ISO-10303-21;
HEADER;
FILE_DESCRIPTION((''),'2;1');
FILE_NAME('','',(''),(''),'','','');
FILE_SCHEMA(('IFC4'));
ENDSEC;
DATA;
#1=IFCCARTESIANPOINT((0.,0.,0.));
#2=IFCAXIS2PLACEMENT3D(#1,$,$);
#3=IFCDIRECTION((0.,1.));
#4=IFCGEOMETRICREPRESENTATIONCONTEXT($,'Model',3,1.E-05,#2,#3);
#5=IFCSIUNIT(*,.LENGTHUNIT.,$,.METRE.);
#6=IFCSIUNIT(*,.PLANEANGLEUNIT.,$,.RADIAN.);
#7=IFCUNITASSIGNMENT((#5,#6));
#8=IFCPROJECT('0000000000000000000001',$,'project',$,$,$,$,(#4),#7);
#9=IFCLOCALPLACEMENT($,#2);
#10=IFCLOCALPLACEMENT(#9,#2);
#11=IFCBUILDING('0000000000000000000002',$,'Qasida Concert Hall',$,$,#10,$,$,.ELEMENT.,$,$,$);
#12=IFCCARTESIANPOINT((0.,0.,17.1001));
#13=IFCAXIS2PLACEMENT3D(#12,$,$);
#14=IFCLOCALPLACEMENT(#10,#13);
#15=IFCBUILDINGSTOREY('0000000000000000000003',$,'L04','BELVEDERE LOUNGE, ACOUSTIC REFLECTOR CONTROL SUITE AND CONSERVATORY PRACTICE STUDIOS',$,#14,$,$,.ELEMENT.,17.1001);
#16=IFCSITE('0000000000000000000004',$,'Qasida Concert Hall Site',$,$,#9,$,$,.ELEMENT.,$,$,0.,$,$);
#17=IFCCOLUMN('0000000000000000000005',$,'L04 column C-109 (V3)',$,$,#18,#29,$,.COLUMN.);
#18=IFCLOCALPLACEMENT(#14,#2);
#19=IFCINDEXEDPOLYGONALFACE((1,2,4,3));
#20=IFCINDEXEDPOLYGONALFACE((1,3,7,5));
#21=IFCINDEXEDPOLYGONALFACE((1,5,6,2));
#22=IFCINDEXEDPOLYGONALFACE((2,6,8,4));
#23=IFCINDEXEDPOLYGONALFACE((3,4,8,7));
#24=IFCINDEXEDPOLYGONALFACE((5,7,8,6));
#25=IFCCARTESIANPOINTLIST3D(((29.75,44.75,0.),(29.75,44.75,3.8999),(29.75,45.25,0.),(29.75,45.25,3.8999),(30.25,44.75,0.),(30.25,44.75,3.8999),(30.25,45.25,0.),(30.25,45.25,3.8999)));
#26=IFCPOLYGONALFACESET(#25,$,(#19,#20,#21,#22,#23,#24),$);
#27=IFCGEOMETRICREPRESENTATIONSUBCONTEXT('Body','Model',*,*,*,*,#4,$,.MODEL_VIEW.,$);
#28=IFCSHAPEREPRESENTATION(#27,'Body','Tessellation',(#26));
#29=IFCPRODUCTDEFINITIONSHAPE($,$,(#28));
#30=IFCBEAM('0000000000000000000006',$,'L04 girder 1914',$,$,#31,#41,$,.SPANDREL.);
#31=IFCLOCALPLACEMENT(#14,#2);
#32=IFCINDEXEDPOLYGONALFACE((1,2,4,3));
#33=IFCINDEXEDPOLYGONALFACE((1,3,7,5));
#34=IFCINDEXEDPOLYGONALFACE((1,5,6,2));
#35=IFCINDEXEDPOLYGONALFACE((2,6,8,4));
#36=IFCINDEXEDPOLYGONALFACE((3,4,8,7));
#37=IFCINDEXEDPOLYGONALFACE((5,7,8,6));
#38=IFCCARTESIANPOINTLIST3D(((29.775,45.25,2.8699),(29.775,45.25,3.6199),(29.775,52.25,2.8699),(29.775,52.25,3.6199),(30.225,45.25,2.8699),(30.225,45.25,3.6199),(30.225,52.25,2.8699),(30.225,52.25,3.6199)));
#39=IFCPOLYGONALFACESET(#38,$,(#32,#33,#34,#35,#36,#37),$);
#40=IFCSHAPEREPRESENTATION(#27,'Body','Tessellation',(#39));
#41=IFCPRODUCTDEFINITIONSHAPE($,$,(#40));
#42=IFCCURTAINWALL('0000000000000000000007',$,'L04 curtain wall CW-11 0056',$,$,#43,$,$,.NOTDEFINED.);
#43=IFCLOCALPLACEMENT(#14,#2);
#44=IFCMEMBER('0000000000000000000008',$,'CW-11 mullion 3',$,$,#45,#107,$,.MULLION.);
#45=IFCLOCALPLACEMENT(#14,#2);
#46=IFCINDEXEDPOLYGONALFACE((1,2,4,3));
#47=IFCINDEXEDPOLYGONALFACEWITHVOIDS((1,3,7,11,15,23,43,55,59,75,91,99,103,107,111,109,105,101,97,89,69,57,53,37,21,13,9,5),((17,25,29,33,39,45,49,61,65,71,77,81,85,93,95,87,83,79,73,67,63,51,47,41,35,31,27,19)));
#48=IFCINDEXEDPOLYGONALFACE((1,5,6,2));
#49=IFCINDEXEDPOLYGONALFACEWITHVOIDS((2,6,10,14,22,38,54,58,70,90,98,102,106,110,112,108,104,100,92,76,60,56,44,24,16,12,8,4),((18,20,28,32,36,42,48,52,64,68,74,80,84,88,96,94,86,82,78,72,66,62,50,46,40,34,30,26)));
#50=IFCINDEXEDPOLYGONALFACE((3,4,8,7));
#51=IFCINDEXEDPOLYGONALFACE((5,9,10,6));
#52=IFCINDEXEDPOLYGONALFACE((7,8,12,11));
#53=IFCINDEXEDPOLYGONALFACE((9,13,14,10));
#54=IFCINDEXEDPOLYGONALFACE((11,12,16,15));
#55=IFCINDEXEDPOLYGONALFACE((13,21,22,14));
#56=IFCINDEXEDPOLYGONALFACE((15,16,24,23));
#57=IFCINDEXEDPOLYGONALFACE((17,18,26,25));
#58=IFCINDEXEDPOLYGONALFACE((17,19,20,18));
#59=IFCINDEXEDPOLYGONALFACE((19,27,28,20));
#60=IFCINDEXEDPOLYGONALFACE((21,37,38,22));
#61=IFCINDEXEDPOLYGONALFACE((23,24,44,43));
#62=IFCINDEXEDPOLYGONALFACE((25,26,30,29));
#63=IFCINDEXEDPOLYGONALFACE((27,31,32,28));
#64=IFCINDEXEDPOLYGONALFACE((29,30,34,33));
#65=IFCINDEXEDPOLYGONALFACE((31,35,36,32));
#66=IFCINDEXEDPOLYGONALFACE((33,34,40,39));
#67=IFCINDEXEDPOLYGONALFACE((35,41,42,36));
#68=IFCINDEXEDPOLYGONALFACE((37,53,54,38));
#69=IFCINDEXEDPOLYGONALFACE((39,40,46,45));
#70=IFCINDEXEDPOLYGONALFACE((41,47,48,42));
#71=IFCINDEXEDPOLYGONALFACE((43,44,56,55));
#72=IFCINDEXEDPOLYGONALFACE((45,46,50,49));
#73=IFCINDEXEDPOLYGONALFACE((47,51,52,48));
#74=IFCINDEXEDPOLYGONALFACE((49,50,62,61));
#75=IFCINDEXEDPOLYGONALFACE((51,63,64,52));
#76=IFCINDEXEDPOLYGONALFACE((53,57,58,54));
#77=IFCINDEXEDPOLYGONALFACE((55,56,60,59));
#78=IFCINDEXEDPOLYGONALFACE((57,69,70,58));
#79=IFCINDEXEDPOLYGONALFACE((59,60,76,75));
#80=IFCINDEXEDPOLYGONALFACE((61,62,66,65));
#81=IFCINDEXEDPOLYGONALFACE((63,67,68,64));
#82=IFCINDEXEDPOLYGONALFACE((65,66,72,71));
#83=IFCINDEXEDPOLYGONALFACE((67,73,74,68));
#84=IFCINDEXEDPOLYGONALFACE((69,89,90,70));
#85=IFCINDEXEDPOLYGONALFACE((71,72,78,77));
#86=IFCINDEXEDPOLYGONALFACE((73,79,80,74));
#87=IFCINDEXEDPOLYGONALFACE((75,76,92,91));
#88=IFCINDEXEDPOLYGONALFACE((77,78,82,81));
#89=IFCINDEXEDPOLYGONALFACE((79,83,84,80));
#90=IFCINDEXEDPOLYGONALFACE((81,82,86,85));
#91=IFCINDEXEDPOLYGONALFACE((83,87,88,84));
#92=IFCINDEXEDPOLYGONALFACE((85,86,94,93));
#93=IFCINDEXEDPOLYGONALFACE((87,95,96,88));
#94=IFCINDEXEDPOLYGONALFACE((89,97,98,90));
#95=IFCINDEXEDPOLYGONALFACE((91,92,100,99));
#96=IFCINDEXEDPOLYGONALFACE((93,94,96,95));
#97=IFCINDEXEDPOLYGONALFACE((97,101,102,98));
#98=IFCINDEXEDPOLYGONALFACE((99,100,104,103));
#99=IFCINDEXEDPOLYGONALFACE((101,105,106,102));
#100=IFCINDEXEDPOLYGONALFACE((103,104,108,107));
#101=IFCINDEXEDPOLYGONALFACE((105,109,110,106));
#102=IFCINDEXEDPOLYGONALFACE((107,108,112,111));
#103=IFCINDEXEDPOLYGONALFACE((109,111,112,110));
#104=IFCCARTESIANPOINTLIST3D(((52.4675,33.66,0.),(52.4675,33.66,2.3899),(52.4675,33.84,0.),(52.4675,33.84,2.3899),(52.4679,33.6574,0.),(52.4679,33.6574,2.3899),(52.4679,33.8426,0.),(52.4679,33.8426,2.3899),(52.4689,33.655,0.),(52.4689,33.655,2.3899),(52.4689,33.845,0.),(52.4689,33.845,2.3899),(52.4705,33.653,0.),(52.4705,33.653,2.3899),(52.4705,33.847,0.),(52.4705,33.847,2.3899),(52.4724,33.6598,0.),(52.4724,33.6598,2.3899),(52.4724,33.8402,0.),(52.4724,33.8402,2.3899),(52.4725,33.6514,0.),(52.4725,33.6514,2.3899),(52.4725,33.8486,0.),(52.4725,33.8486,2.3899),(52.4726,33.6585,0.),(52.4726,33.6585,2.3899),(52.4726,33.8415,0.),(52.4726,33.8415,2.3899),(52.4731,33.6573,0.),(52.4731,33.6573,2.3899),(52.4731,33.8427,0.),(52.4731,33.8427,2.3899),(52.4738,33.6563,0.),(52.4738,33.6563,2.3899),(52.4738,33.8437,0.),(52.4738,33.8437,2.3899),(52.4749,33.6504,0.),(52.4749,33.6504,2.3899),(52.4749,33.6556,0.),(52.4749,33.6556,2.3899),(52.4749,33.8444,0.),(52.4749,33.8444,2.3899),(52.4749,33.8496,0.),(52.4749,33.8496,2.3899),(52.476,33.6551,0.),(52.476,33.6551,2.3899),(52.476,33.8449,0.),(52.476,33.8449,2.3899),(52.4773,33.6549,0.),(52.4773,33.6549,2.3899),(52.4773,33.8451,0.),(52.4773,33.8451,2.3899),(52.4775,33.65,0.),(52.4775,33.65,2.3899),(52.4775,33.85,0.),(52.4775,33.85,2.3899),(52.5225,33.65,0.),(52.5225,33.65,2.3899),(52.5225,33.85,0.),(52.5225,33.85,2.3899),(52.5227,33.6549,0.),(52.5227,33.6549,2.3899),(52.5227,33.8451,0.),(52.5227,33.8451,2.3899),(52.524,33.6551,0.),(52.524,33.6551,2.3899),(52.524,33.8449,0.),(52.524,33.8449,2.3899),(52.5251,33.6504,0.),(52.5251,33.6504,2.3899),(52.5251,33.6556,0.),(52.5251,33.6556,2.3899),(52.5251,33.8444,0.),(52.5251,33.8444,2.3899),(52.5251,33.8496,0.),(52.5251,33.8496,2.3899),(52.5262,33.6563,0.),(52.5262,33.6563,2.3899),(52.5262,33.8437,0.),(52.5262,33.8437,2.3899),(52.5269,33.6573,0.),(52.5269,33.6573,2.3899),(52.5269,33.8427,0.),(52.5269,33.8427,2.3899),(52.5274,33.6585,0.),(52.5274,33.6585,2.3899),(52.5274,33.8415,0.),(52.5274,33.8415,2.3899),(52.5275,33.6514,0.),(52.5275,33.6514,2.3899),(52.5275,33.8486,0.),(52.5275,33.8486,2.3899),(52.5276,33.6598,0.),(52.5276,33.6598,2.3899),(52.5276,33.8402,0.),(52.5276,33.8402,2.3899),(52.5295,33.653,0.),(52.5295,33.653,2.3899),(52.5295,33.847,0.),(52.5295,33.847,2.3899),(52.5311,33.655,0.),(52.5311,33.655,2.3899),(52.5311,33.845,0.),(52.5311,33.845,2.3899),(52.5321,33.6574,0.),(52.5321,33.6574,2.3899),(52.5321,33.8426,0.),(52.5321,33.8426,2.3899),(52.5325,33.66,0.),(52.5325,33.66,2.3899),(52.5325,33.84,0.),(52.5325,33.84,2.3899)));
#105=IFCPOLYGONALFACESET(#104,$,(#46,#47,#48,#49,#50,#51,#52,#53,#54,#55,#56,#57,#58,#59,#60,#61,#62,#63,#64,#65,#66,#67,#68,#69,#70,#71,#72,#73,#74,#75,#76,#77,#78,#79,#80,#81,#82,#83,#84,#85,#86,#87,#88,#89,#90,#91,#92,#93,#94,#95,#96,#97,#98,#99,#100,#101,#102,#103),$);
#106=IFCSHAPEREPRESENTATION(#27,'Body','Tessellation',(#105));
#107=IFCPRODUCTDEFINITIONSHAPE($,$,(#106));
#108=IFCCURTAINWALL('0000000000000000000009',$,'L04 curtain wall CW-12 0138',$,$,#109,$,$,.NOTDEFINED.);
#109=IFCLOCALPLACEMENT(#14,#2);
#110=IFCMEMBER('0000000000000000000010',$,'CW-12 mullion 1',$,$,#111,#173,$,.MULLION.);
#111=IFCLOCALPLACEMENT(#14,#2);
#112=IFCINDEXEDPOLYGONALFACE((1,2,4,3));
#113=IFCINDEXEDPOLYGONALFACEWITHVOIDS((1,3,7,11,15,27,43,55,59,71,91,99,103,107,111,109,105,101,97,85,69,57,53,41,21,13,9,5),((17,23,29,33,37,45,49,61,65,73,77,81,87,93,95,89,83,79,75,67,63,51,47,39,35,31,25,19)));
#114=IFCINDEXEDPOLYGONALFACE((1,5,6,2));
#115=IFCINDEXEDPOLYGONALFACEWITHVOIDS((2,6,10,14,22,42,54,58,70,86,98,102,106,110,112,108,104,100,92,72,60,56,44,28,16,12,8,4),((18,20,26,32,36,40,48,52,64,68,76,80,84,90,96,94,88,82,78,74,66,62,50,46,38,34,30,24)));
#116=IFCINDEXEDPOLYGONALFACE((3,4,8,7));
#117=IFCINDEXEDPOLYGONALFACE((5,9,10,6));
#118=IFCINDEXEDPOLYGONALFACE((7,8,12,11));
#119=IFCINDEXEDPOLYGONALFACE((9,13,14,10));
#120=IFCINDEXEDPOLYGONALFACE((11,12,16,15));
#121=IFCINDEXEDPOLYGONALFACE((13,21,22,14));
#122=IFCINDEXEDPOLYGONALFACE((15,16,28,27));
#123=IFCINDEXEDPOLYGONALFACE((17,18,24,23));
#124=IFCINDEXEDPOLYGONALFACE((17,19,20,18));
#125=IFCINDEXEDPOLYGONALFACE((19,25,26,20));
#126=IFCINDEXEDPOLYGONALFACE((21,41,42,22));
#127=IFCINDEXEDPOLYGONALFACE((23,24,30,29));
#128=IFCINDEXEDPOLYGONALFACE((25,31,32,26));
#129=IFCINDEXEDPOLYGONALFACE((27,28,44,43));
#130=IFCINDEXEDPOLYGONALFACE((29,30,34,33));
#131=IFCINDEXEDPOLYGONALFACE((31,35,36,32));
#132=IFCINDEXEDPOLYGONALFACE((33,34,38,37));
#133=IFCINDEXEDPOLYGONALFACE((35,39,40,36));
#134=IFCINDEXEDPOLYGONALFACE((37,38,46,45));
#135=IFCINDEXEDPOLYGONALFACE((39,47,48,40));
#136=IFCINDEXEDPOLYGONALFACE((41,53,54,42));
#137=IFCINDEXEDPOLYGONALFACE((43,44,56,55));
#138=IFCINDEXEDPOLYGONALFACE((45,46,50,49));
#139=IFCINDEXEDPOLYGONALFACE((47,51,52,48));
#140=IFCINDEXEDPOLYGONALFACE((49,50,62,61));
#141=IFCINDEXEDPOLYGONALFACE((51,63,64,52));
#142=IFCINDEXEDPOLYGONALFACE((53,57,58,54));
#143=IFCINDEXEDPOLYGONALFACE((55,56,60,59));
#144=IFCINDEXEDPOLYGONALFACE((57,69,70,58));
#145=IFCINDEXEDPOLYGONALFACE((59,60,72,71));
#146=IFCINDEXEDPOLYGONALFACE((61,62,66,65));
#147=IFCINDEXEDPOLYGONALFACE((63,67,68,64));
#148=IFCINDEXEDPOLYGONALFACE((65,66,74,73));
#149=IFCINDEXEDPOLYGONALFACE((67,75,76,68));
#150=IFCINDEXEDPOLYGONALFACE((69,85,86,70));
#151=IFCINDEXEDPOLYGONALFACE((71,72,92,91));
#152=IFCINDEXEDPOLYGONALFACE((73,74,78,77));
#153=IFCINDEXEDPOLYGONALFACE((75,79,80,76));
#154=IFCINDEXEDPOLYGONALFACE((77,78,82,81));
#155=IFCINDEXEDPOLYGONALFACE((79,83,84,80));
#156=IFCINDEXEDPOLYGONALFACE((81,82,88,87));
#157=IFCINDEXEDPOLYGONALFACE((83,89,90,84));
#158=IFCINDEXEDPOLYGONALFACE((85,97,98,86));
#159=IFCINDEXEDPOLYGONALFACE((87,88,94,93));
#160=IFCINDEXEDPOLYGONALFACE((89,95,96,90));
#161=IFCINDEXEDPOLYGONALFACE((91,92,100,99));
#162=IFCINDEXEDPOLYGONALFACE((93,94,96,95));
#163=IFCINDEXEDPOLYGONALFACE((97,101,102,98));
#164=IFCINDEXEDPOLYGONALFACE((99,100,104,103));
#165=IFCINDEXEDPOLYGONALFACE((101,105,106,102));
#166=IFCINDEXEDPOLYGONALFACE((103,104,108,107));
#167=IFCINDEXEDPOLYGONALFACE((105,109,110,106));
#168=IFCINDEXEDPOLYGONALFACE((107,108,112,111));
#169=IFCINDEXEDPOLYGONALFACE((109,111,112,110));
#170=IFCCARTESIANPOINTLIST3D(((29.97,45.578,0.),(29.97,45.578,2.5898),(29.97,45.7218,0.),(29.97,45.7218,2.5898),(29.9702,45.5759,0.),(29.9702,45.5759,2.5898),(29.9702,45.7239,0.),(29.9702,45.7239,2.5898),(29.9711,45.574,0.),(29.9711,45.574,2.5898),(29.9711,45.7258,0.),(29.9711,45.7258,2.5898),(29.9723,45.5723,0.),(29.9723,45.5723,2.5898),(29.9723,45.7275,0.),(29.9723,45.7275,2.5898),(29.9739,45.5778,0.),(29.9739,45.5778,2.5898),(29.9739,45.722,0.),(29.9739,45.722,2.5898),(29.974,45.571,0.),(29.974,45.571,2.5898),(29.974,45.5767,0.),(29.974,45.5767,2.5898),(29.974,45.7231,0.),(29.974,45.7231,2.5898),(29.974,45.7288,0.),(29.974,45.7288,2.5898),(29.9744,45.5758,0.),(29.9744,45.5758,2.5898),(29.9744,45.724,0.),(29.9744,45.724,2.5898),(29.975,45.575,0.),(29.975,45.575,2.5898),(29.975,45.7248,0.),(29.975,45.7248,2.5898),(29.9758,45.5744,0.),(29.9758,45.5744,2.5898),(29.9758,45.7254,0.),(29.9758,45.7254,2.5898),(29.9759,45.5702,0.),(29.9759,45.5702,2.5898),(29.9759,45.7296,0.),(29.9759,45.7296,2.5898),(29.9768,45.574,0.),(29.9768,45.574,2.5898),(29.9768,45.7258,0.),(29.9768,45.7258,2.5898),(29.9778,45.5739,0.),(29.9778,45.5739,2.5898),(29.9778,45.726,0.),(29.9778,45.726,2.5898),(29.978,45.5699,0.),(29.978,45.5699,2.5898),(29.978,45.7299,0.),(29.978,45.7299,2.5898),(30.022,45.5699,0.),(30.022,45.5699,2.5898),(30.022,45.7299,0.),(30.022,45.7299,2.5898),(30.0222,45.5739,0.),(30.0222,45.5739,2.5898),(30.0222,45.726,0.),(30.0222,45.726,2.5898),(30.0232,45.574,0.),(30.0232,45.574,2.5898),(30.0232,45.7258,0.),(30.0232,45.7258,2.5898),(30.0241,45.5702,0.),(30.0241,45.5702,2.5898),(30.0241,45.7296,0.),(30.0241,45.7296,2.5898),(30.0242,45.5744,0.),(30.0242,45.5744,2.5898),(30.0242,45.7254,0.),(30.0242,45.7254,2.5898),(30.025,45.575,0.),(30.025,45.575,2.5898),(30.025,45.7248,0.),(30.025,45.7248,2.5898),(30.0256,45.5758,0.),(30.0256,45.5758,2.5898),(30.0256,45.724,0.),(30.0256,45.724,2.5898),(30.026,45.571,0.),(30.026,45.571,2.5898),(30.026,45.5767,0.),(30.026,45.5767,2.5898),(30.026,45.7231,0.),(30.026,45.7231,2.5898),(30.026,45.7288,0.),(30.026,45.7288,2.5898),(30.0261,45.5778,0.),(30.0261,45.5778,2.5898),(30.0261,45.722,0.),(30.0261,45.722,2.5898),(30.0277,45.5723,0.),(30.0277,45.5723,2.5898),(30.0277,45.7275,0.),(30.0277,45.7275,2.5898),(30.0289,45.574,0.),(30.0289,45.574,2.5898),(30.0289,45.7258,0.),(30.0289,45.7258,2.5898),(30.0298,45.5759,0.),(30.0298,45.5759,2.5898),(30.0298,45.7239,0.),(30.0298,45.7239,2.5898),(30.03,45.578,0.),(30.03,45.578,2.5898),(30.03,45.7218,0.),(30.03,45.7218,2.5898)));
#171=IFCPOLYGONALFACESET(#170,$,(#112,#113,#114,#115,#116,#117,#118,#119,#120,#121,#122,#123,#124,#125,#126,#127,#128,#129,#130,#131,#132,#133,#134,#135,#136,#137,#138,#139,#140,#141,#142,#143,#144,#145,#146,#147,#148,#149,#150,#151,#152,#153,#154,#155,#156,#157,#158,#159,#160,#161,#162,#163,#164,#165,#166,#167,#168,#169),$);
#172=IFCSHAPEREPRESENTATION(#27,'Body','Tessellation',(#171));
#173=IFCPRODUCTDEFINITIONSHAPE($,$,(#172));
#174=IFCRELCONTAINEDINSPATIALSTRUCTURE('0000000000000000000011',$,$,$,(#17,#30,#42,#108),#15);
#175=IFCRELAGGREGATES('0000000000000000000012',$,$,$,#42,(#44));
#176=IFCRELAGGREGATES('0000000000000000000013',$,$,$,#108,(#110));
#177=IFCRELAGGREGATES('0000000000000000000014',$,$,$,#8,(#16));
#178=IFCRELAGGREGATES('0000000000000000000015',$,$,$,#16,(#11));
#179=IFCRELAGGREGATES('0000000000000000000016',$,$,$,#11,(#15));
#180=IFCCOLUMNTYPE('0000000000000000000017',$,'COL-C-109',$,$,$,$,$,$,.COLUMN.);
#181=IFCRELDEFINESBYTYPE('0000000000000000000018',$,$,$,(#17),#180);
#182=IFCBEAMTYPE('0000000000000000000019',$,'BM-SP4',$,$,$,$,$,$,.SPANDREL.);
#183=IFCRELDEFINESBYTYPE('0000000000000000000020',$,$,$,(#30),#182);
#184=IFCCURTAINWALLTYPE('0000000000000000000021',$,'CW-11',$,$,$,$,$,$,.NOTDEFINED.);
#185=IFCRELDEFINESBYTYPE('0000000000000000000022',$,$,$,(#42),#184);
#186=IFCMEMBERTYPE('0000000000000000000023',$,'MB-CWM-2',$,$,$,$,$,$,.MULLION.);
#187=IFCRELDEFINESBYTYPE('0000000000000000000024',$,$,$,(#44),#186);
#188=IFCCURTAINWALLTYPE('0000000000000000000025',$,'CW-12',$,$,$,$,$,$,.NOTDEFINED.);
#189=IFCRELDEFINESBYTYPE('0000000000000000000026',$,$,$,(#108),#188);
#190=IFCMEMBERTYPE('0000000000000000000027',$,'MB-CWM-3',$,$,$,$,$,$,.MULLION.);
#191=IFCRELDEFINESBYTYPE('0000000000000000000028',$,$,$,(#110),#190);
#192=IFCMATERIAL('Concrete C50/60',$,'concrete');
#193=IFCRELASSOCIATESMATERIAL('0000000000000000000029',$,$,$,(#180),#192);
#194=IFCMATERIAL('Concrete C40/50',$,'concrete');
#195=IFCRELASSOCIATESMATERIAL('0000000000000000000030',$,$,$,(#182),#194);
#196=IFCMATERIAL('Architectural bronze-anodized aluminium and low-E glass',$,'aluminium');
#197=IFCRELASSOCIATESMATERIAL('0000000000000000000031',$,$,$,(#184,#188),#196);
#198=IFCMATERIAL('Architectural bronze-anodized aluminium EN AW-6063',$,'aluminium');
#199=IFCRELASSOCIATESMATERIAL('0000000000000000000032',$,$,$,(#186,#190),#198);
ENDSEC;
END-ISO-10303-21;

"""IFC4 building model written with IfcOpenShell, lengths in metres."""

from ifc_helpers import new_model, si_unit, direction, frame, origin, origin_2d, place, context, subcontext, project, spatial, rectangle, hollow_rectangle, extrude, material, material_profile, profile_set, type_object, element, aggregate, save


model = new_model("IFC4")

# Units and contexts
model_context = context("Model", 3, precision=1e-05, world=origin(), true_north=direction((0.0, 1.0)))
body_context = subcontext(model_context, "Body", "Model", "MODEL_VIEW")
ifc_project = project(units=[si_unit("LENGTHUNIT", "METRE"), si_unit("PLANEANGLEUNIT", "RADIAN")], contexts=[model_context])

# Site, building, storey
site_placement = place(None, origin())
site = spatial("IfcSite", under=ifc_project, at=site_placement, Name="Qasida Concert Hall Site", CompositionType="ELEMENT", RefElevation=0.0)
building_placement = place(site_placement, origin())
building = spatial("IfcBuilding", under=site, at=building_placement, Name="Qasida Concert Hall", CompositionType="ELEMENT")
storey_placement = place(building_placement, frame((0.0, 0.0, 17.1001)))
storey = spatial("IfcBuildingStorey", under=building, at=storey_placement, Name="L04", Description="BELVEDERE LOUNGE, ACOUSTIC REFLECTOR CONTROL SUITE AND CONSERVATORY PRACTICE STUDIOS", CompositionType="ELEMENT", Elevation=17.1001)

# Column
ifc_material_1 = material(Name="Concrete C50/60", Category="concrete")
ifc_material_profile_1 = material_profile(ifc_material_1, rectangle(XDim=0.5, YDim=0.5, at=origin_2d()), Name="RC 500x500")
ifc_profile_set_1 = profile_set([ifc_material_profile_1], Name="Concrete C50/60")
column_type = type_object("IfcColumnType", Name="COL-C-109", PredefinedType="COLUMN", material=ifc_profile_set_1)
column_placement = place(storey_placement, frame((30.0, 45.0, 0.0), z_axis=(0.0, 0.0, 1.0), x_axis=(1.0, 0.0, 0.0)))
element("IfcColumn", 1, at=column_placement, inside=storey, type_object=column_type, Name="L04 column C-109 (V3)", PredefinedType="COLUMN", context=body_context, shape_type="SweptSolid", body=[
    extrude(rectangle(XDim=0.5, YDim=0.5, at=origin_2d()), origin(), (0.0, 0.0, 1.0), 3.8999),
])

# Beam
ifc_material_2 = material(Name="Concrete C40/50", Category="concrete")
ifc_material_profile_2 = material_profile(ifc_material_2, rectangle(XDim=0.45, YDim=0.75, at=origin_2d()), Name="RC 450x750")
ifc_profile_set_2 = profile_set([ifc_material_profile_2], Name="Concrete C40/50")
beam_type = type_object("IfcBeamType", Name="BM-SP4", PredefinedType="SPANDREL", material=ifc_profile_set_2)
beam_placement = place(storey_placement, frame((30.0, 45.25, 3.2449), z_axis=(0.0, 1.0, 0.0), x_axis=(-1.0, 0.0, 0.0)))
element("IfcBeam", 2, at=beam_placement, inside=storey, type_object=beam_type, Name="L04 girder 1914", PredefinedType="SPANDREL", context=body_context, shape_type="SweptSolid", body=[
    extrude(rectangle(XDim=0.45, YDim=0.75, at=origin_2d()), origin(), (0.0, 0.0, 1.0), 7.0),
])

# Curtain wall, member
ifc_material_3 = material(Name="Architectural bronze-anodized aluminium and low-E glass", Category="aluminium")
curtain_wall_type_1 = type_object("IfcCurtainWallType", Name="CW-11", PredefinedType="NOTDEFINED", material=ifc_material_3)
curtain_wall_1_placement = place(storey_placement, origin())
curtain_wall_1 = element("IfcCurtainWall", 3, at=curtain_wall_1_placement, inside=storey, type_object=curtain_wall_type_1, Name="L04 curtain wall CW-11 0056", PredefinedType="NOTDEFINED")
ifc_material_4 = material(Name="Architectural bronze-anodized aluminium EN AW-6063", Category="aluminium")
ifc_material_profile_3 = material_profile(ifc_material_4, hollow_rectangle(XDim=0.0649, YDim=0.2, WallThickness=0.0049, InnerFilletRadius=0.0049, OuterFilletRadius=0.01, at=origin_2d()), Name="CWM 200x65x5")
ifc_profile_set_3 = profile_set([ifc_material_profile_3], Name="Architectural bronze-anodized aluminium EN AW-6063")
member_type_1 = type_object("IfcMemberType", Name="MB-CWM-2", PredefinedType="MULLION", material=ifc_profile_set_3)
member_1_placement = place(storey_placement, frame((52.5, 33.75, 0.0), z_axis=(0.0, 0.0, 1.0), x_axis=(-1.0, 0.0, 0.0)))
member_1 = element("IfcMember", 4, at=member_1_placement, type_object=member_type_1, Name="CW-11 mullion 3", PredefinedType="MULLION", context=body_context, shape_type="SweptSolid", body=[
    extrude(hollow_rectangle(XDim=0.0649, YDim=0.2, WallThickness=0.0049, InnerFilletRadius=0.0049, OuterFilletRadius=0.01, at=origin_2d()), origin(), (0.0, 0.0, 1.0), 2.3899),
])

# Curtain wall, member
curtain_wall_type_2 = type_object("IfcCurtainWallType", Name="CW-12", PredefinedType="NOTDEFINED", material=ifc_material_3)
curtain_wall_2_placement = place(storey_placement, origin())
curtain_wall_2 = element("IfcCurtainWall", 5, at=curtain_wall_2_placement, inside=storey, type_object=curtain_wall_type_2, Name="L04 curtain wall CW-12 0138", PredefinedType="NOTDEFINED")
ifc_material_profile_4 = material_profile(ifc_material_4, hollow_rectangle(XDim=0.0601, YDim=0.1599, WallThickness=0.0039, InnerFilletRadius=0.0039, OuterFilletRadius=0.0081, at=origin_2d()), Name="CWM 160x60x4")
ifc_profile_set_4 = profile_set([ifc_material_profile_4], Name="Architectural bronze-anodized aluminium EN AW-6063")
member_type_2 = type_object("IfcMemberType", Name="MB-CWM-3", PredefinedType="MULLION", material=ifc_profile_set_4)
member_2_placement = place(storey_placement, frame((30.0, 45.6499, 0.0), z_axis=(0.0, 0.0, 1.0), x_axis=(-1.0, 0.0, 0.0)))
member_2 = element("IfcMember", 6, at=member_2_placement, type_object=member_type_2, Name="CW-12 mullion 1", PredefinedType="MULLION", context=body_context, shape_type="SweptSolid", body=[
    extrude(hollow_rectangle(XDim=0.0601, YDim=0.1599, WallThickness=0.0039, InnerFilletRadius=0.0039, OuterFilletRadius=0.0081, at=origin_2d()), origin(), (0.0, 0.0, 1.0), 2.5898),
])

aggregate(curtain_wall_1, [member_1])
aggregate(curtain_wall_2, [member_2])

save(model, "model.ifc")
